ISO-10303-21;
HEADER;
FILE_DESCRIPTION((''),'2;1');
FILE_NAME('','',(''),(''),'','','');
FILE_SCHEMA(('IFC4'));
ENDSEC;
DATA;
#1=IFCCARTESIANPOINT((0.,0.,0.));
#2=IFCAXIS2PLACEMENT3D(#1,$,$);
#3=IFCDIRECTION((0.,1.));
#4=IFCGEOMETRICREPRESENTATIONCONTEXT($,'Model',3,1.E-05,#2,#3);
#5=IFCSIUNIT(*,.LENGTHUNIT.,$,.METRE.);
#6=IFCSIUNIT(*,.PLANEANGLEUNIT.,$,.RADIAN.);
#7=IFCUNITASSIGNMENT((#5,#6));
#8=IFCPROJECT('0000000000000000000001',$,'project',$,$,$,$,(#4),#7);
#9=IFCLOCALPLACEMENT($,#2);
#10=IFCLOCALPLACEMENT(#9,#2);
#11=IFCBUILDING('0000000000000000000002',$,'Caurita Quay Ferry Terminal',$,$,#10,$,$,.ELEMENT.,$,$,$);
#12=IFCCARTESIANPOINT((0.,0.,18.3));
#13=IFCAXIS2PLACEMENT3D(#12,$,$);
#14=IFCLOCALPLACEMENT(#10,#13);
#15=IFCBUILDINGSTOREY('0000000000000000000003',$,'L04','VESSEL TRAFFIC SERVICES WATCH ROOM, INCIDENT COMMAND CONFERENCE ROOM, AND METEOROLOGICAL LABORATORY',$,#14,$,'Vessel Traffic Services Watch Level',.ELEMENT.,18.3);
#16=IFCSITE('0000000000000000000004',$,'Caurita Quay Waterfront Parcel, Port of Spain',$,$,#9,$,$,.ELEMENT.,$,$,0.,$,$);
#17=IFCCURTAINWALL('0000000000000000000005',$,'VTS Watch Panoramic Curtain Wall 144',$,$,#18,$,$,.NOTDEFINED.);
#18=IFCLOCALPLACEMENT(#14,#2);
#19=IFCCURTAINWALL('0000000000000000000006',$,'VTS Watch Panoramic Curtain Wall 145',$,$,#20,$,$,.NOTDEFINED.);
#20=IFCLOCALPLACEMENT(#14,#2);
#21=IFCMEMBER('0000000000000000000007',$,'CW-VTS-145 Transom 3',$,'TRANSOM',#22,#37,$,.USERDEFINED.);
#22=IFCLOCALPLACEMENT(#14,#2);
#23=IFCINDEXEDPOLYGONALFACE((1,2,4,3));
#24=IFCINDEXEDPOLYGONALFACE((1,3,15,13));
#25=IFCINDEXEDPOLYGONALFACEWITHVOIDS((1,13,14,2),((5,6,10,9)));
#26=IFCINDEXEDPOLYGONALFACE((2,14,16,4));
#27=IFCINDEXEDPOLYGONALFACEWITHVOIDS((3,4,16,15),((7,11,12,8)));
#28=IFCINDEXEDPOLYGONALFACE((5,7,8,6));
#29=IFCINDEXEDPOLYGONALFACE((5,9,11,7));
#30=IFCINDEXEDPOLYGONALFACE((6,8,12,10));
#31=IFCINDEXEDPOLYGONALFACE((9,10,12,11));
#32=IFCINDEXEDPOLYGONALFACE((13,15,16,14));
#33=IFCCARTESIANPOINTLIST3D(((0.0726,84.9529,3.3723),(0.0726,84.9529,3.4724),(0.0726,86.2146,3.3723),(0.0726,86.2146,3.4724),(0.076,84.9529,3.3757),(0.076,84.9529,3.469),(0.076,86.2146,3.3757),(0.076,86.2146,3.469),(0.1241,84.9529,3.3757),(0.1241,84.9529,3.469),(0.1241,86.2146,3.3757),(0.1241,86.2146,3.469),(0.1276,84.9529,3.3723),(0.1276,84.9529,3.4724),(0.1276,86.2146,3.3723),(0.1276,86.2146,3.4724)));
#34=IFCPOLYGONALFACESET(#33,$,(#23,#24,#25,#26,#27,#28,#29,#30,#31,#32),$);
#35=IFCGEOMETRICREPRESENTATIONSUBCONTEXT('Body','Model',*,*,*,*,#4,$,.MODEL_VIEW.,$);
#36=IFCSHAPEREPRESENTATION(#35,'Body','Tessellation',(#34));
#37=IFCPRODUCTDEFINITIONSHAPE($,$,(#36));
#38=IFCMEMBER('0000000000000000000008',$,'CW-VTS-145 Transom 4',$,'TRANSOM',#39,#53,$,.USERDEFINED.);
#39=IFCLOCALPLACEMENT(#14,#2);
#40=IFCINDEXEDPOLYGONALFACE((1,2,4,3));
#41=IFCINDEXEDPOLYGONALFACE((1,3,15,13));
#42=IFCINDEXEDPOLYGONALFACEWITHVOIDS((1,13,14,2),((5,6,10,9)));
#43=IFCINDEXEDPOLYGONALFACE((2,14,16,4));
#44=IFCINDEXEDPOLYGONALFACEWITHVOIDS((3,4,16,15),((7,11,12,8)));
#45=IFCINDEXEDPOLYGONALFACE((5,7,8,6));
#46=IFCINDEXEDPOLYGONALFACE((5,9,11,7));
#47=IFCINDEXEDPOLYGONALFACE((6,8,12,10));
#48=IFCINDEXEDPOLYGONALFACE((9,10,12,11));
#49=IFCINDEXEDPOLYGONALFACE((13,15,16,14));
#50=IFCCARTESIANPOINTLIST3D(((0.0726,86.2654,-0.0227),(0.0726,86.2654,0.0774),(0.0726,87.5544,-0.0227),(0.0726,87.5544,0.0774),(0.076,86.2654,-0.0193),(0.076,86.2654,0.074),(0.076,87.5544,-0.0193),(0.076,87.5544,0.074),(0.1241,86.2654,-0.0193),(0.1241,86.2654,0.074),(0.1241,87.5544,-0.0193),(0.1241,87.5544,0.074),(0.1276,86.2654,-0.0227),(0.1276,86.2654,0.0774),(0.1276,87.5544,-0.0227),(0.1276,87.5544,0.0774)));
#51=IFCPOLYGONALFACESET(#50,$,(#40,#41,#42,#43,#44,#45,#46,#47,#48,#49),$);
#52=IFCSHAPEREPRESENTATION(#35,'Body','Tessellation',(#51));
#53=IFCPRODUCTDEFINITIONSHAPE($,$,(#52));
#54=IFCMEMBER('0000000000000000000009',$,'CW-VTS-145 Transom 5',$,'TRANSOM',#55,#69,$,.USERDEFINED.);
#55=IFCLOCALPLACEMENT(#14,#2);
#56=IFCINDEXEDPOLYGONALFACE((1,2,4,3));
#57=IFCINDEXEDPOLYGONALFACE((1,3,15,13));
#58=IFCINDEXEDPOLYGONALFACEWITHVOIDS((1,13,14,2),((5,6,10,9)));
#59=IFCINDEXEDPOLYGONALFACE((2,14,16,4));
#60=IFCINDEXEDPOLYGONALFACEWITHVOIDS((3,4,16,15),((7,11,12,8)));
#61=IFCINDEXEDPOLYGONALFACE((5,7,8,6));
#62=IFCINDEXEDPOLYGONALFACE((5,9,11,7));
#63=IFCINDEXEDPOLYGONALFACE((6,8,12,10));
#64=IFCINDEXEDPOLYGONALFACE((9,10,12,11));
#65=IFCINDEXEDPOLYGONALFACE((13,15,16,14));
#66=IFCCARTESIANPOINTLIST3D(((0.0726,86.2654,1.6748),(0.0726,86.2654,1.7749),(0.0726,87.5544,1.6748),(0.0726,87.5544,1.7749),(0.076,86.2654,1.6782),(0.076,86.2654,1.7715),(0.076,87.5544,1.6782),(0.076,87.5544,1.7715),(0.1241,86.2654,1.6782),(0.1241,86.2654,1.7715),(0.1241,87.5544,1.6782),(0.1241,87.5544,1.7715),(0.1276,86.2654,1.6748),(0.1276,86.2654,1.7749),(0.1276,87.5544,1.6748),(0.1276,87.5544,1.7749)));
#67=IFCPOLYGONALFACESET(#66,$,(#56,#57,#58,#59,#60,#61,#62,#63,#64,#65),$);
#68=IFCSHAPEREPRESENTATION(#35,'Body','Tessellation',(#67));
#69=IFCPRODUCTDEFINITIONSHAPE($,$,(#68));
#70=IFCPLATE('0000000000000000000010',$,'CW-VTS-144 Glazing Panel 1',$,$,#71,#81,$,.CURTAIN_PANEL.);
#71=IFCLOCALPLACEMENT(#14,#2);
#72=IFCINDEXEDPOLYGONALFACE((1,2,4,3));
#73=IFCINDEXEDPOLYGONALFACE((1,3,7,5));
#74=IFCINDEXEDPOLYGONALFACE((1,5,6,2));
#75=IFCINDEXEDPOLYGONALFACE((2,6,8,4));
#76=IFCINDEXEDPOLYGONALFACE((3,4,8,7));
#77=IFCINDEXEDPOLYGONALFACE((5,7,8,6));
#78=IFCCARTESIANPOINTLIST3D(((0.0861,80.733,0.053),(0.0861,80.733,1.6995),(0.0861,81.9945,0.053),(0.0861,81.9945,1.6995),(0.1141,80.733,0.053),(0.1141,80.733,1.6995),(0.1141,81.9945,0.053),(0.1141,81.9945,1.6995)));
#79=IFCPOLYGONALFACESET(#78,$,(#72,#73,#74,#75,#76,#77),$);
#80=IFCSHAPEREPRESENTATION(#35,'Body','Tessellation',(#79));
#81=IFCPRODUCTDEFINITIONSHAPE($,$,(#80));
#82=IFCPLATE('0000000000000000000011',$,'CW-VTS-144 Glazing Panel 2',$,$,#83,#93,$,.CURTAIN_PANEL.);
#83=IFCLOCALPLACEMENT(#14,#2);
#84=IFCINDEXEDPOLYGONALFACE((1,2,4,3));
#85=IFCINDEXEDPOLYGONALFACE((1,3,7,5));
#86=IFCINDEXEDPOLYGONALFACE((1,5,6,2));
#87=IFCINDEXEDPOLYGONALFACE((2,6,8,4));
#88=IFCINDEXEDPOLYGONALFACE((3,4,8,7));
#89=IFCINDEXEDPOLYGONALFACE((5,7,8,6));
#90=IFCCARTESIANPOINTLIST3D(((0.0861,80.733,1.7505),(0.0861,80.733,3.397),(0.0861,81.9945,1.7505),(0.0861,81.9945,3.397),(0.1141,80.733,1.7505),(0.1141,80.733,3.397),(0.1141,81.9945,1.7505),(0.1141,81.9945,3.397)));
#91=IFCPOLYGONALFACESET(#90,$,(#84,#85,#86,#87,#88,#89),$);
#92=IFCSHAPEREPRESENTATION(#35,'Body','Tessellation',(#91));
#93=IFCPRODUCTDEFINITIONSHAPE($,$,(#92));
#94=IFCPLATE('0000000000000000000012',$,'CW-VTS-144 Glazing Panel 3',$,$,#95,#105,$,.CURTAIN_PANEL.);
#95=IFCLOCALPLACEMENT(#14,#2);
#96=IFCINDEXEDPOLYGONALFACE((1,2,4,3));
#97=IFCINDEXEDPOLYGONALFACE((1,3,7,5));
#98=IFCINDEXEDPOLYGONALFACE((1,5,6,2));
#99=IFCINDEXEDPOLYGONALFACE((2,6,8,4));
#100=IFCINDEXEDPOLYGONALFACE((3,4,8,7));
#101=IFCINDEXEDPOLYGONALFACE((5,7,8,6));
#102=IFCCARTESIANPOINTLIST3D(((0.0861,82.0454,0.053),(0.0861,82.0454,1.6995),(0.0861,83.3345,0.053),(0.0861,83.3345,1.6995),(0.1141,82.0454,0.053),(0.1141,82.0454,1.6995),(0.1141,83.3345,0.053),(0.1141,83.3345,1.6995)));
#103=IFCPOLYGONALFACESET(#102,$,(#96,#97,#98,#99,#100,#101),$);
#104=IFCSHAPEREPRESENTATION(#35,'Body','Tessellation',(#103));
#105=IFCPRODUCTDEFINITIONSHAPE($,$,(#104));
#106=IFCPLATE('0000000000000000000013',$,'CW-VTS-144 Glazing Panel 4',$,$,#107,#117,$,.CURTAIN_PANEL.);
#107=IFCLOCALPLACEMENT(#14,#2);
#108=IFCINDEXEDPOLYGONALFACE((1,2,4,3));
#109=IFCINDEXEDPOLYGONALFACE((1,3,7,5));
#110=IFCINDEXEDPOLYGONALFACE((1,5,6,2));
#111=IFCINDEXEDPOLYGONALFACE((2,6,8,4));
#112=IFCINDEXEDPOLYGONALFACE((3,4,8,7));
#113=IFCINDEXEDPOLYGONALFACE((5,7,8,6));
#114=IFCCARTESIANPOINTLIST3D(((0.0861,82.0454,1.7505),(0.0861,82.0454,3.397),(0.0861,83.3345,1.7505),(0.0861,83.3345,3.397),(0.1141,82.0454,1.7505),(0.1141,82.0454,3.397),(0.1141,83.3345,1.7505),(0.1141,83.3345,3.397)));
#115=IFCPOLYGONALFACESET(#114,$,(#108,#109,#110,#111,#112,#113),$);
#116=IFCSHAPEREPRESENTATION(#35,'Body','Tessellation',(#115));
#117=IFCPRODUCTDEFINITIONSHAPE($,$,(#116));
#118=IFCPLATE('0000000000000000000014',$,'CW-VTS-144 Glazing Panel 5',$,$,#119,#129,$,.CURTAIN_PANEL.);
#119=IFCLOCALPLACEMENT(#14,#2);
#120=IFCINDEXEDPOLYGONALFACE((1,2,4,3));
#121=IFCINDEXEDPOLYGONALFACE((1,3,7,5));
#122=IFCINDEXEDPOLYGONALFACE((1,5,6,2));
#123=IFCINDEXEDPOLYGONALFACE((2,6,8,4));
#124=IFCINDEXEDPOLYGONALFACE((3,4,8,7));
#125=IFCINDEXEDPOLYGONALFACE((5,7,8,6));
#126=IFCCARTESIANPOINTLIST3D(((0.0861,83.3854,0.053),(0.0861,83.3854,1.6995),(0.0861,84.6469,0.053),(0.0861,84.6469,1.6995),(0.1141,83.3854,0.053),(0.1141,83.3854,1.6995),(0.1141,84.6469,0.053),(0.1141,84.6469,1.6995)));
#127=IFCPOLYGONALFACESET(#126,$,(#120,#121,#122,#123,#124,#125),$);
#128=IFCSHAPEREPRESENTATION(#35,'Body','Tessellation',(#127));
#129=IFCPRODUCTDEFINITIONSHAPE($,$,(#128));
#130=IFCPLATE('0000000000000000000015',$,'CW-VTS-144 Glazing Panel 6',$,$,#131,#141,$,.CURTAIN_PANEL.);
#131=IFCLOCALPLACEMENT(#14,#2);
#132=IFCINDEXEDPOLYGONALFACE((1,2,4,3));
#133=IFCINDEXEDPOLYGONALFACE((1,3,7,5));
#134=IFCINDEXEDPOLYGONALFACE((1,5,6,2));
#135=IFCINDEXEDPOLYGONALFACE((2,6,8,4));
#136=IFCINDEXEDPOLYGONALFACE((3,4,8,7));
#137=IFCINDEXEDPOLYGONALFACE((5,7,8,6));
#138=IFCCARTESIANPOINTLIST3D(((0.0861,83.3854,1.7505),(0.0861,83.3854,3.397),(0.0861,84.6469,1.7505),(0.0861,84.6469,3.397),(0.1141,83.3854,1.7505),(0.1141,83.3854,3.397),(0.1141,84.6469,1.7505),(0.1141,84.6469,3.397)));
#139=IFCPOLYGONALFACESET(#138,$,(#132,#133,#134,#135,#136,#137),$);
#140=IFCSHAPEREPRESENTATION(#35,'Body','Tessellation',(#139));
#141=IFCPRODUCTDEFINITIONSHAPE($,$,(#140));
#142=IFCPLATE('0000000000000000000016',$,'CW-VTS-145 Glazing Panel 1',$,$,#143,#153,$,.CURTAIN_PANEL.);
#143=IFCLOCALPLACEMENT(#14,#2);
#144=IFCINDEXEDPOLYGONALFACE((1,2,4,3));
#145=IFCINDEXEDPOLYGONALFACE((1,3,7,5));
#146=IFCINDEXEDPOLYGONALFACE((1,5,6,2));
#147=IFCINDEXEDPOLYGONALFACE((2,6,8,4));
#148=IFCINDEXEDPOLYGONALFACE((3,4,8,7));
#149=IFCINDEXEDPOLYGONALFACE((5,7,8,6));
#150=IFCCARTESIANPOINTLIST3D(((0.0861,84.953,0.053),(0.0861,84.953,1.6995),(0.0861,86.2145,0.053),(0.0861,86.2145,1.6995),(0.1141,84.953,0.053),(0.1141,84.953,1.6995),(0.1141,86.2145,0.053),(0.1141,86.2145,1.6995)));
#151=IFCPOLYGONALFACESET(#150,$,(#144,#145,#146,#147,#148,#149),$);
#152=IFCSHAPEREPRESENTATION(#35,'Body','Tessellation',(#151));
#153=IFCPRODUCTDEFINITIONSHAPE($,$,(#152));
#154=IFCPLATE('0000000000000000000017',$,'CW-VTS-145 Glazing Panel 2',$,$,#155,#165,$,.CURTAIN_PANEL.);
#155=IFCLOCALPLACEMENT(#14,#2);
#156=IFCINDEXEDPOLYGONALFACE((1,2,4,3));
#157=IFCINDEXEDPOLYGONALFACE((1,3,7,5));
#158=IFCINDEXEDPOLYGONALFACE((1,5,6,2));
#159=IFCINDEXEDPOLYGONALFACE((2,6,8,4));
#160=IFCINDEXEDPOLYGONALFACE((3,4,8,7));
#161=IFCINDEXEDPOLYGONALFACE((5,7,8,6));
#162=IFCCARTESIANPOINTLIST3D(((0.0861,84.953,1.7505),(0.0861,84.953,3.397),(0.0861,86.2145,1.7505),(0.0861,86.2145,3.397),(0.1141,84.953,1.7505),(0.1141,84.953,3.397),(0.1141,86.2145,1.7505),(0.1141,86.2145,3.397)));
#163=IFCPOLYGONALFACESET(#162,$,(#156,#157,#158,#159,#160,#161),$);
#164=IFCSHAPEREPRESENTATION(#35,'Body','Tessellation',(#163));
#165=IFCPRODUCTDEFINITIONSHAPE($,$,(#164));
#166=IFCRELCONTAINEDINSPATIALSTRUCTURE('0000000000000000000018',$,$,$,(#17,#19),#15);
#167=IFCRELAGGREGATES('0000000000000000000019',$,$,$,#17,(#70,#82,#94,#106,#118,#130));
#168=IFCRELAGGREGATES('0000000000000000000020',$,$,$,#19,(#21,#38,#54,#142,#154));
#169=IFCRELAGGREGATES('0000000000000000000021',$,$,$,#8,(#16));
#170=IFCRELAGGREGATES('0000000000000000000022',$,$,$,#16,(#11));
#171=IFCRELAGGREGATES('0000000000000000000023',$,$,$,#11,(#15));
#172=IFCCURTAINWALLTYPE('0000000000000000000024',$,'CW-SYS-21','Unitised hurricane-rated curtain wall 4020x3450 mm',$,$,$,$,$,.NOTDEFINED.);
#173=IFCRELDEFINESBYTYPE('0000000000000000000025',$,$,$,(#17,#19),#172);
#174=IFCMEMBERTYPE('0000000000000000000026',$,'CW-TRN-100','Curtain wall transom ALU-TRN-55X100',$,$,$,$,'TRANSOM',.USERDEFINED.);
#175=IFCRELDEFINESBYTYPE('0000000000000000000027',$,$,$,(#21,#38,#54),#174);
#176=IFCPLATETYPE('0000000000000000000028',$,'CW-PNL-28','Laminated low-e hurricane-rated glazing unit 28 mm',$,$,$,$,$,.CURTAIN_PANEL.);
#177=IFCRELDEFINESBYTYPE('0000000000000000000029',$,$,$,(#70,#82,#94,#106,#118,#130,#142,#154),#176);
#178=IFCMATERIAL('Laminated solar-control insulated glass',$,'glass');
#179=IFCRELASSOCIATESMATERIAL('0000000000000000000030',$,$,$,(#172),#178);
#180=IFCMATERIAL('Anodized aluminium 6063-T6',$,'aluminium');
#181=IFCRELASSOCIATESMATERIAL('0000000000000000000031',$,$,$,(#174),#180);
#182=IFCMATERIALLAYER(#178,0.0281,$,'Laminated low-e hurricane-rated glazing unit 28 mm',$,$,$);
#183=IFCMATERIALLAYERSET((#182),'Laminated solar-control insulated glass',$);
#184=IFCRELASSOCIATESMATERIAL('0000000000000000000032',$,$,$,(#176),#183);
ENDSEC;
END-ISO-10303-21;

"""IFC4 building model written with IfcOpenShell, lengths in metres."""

from ifc_helpers import new_model, si_unit, direction, frame, origin, origin_2d, place, context, subcontext, project, spatial, rectangle, hollow_rectangle, extrude, material, layer, layer_set, material_profile, profile_set, type_object, element, aggregate, save


model = new_model("IFC4")

# Units and contexts
model_context = context("Model", 3, precision=1e-05, world=origin(), true_north=direction((0.0, 1.0)))
body_context = subcontext(model_context, "Body", "Model", "MODEL_VIEW")
ifc_project = project(units=[si_unit("LENGTHUNIT", "METRE"), si_unit("PLANEANGLEUNIT", "RADIAN")], contexts=[model_context])

# Site, building, storey
site_placement = place(None, origin())
site = spatial("IfcSite", under=ifc_project, at=site_placement, Name="Caurita Quay Waterfront Parcel, Port of Spain", CompositionType="ELEMENT", RefElevation=0.0)
building_placement = place(site_placement, origin())
building = spatial("IfcBuilding", under=site, at=building_placement, Name="Caurita Quay Ferry Terminal", CompositionType="ELEMENT")
storey_placement = place(building_placement, frame((0.0, 0.0, 18.3)))
storey = spatial("IfcBuildingStorey", under=building, at=storey_placement, Name="L04", Description="VESSEL TRAFFIC SERVICES WATCH ROOM, INCIDENT COMMAND CONFERENCE ROOM, AND METEOROLOGICAL LABORATORY", LongName="Vessel Traffic Services Watch Level", CompositionType="ELEMENT", Elevation=18.3)

# Curtain walls
ifc_material_1 = material(Name="Laminated solar-control insulated glass", Category="glass")
curtain_wall_type = type_object("IfcCurtainWallType", Name="CW-SYS-21", Description="Unitised hurricane-rated curtain wall 4020x3450 mm", PredefinedType="NOTDEFINED", material=ifc_material_1)
curtain_wall_1_placement = place(storey_placement, origin())
curtain_wall_1 = element("IfcCurtainWall", 1, at=curtain_wall_1_placement, inside=storey, type_object=curtain_wall_type, Name="VTS Watch Panoramic Curtain Wall 144", PredefinedType="NOTDEFINED")
ifc_material_2 = material(Name="Anodized aluminium 6063-T6", Category="aluminium")
curtain_wall_2_placement = place(storey_placement, origin())
curtain_wall_2 = element("IfcCurtainWall", 2, at=curtain_wall_2_placement, inside=storey, type_object=curtain_wall_type, Name="VTS Watch Panoramic Curtain Wall 145", PredefinedType="NOTDEFINED")

# Members
ifc_material_profile_1 = material_profile(ifc_material_2, hollow_rectangle(XDim=0.0549, YDim=0.1001, WallThickness=0.0034, at=origin_2d()), Name="ALU-TRN-55X100")
ifc_profile_set_1 = profile_set([ifc_material_profile_1], Name="Anodized aluminium 6063-T6")
member_type_1 = type_object("IfcMemberType", Name="CW-TRN-100", Description="Curtain wall transom ALU-TRN-55X100", ElementType="TRANSOM", PredefinedType="USERDEFINED", material=ifc_profile_set_1)
member_1_placement = place(storey_placement, frame((0.1001, 84.9529, 3.4224), z_axis=(0.0, 1.0, 0.0), x_axis=(-1.0, 0.0, 0.0)))
member_1 = element("IfcMember", 3, at=member_1_placement, type_object=member_type_1, Name="CW-VTS-145 Transom 3", ObjectType="TRANSOM", PredefinedType="USERDEFINED", context=body_context, shape_type="SweptSolid", body=[
    extrude(hollow_rectangle(XDim=0.0549, YDim=0.1001, WallThickness=0.0034, at=origin_2d()), origin(), (0.0, 0.0, 1.0), 1.2617),
])
member_2_placement = place(storey_placement, frame((0.1001, 86.2654, 0.0273), z_axis=(0.0, 1.0, 0.0), x_axis=(-1.0, 0.0, 0.0)))
member_2 = element("IfcMember", 4, at=member_2_placement, type_object=member_type_1, Name="CW-VTS-145 Transom 4", ObjectType="TRANSOM", PredefinedType="USERDEFINED", context=body_context, shape_type="SweptSolid", body=[
    extrude(hollow_rectangle(XDim=0.0549, YDim=0.1001, WallThickness=0.0034, at=origin_2d()), origin(), (0.0, 0.0, 1.0), 1.2891),
])
member_3_placement = place(storey_placement, frame((0.1001, 86.2654, 1.7249), z_axis=(0.0, 1.0, 0.0), x_axis=(-1.0, 0.0, 0.0)))
member_3 = element("IfcMember", 5, at=member_3_placement, type_object=member_type_1, Name="CW-VTS-145 Transom 5", ObjectType="TRANSOM", PredefinedType="USERDEFINED", context=body_context, shape_type="SweptSolid", body=[
    extrude(hollow_rectangle(XDim=0.0549, YDim=0.1001, WallThickness=0.0034, at=origin_2d()), origin(), (0.0, 0.0, 1.0), 1.2891),
])

# Plates
ifc_layer = layer(ifc_material_1, 0.0281, Name="Laminated low-e hurricane-rated glazing unit 28 mm")
ifc_layer_set = layer_set([ifc_layer], Name="Laminated solar-control insulated glass")
plate_type = type_object("IfcPlateType", Name="CW-PNL-28", Description="Laminated low-e hurricane-rated glazing unit 28 mm", PredefinedType="CURTAIN_PANEL", material=ifc_layer_set)
plate_1_placement = place(storey_placement, frame((0.1001, 81.3638, 0.053), z_axis=(0.0, 0.0, 1.0), x_axis=(0.0, 1.0, 0.0)))
plate_1 = element("IfcPlate", 6, at=plate_1_placement, type_object=plate_type, Name="CW-VTS-144 Glazing Panel 1", PredefinedType="CURTAIN_PANEL", context=body_context, shape_type="SweptSolid", body=[
    extrude(rectangle(XDim=1.2615, YDim=0.0281, at=origin_2d()), origin(), (0.0, 0.0, 1.0), 1.6465),
])
plate_2_placement = place(storey_placement, frame((0.1001, 81.3638, 1.7505), z_axis=(0.0, 0.0, 1.0), x_axis=(0.0, 1.0, 0.0)))
plate_2 = element("IfcPlate", 7, at=plate_2_placement, type_object=plate_type, Name="CW-VTS-144 Glazing Panel 2", PredefinedType="CURTAIN_PANEL", context=body_context, shape_type="SweptSolid", body=[
    extrude(rectangle(XDim=1.2615, YDim=0.0281, at=origin_2d()), origin(), (0.0, 0.0, 1.0), 1.6465),
])
plate_3_placement = place(storey_placement, frame((0.1001, 82.6899, 0.053), z_axis=(0.0, 0.0, 1.0), x_axis=(0.0, 1.0, 0.0)))
plate_3 = element("IfcPlate", 8, at=plate_3_placement, type_object=plate_type, Name="CW-VTS-144 Glazing Panel 3", PredefinedType="CURTAIN_PANEL", context=body_context, shape_type="SweptSolid", body=[
    extrude(rectangle(XDim=1.2891, YDim=0.0281, at=origin_2d()), origin(), (0.0, 0.0, 1.0), 1.6465),
])
plate_4_placement = place(storey_placement, frame((0.1001, 82.6899, 1.7505), z_axis=(0.0, 0.0, 1.0), x_axis=(0.0, 1.0, 0.0)))
plate_4 = element("IfcPlate", 9, at=plate_4_placement, type_object=plate_type, Name="CW-VTS-144 Glazing Panel 4", PredefinedType="CURTAIN_PANEL", context=body_context, shape_type="SweptSolid", body=[
    extrude(rectangle(XDim=1.2891, YDim=0.0281, at=origin_2d()), origin(), (0.0, 0.0, 1.0), 1.6465),
])
plate_5_placement = place(storey_placement, frame((0.1001, 84.0161, 0.053), z_axis=(0.0, 0.0, 1.0), x_axis=(0.0, 1.0, 0.0)))
plate_5 = element("IfcPlate", 10, at=plate_5_placement, type_object=plate_type, Name="CW-VTS-144 Glazing Panel 5", PredefinedType="CURTAIN_PANEL", context=body_context, shape_type="SweptSolid", body=[
    extrude(rectangle(XDim=1.2615, YDim=0.0281, at=origin_2d()), origin(), (0.0, 0.0, 1.0), 1.6465),
])
plate_6_placement = place(storey_placement, frame((0.1001, 84.0161, 1.7505), z_axis=(0.0, 0.0, 1.0), x_axis=(0.0, 1.0, 0.0)))
plate_6 = element("IfcPlate", 11, at=plate_6_placement, type_object=plate_type, Name="CW-VTS-144 Glazing Panel 6", PredefinedType="CURTAIN_PANEL", context=body_context, shape_type="SweptSolid", body=[
    extrude(rectangle(XDim=1.2615, YDim=0.0281, at=origin_2d()), origin(), (0.0, 0.0, 1.0), 1.6465),
])
aggregate(curtain_wall_1, [plate_1, plate_2, plate_3, plate_4, plate_5, plate_6])
plate_7_placement = place(storey_placement, frame((0.1001, 85.5837, 0.053), z_axis=(0.0, 0.0, 1.0), x_axis=(0.0, 1.0, 0.0)))
plate_7 = element("IfcPlate", 12, at=plate_7_placement, type_object=plate_type, Name="CW-VTS-145 Glazing Panel 1", PredefinedType="CURTAIN_PANEL", context=body_context, shape_type="SweptSolid", body=[
    extrude(rectangle(XDim=1.2615, YDim=0.0281, at=origin_2d()), origin(), (0.0, 0.0, 1.0), 1.6465),
])
plate_8_placement = place(storey_placement, frame((0.1001, 85.5837, 1.7505), z_axis=(0.0, 0.0, 1.0), x_axis=(0.0, 1.0, 0.0)))
plate_8 = element("IfcPlate", 13, at=plate_8_placement, type_object=plate_type, Name="CW-VTS-145 Glazing Panel 2", PredefinedType="CURTAIN_PANEL", context=body_context, shape_type="SweptSolid", body=[
    extrude(rectangle(XDim=1.2615, YDim=0.0281, at=origin_2d()), origin(), (0.0, 0.0, 1.0), 1.6465),
])
aggregate(curtain_wall_2, [member_1, member_2, member_3, plate_7, plate_8])

save(model, "model.ifc")
